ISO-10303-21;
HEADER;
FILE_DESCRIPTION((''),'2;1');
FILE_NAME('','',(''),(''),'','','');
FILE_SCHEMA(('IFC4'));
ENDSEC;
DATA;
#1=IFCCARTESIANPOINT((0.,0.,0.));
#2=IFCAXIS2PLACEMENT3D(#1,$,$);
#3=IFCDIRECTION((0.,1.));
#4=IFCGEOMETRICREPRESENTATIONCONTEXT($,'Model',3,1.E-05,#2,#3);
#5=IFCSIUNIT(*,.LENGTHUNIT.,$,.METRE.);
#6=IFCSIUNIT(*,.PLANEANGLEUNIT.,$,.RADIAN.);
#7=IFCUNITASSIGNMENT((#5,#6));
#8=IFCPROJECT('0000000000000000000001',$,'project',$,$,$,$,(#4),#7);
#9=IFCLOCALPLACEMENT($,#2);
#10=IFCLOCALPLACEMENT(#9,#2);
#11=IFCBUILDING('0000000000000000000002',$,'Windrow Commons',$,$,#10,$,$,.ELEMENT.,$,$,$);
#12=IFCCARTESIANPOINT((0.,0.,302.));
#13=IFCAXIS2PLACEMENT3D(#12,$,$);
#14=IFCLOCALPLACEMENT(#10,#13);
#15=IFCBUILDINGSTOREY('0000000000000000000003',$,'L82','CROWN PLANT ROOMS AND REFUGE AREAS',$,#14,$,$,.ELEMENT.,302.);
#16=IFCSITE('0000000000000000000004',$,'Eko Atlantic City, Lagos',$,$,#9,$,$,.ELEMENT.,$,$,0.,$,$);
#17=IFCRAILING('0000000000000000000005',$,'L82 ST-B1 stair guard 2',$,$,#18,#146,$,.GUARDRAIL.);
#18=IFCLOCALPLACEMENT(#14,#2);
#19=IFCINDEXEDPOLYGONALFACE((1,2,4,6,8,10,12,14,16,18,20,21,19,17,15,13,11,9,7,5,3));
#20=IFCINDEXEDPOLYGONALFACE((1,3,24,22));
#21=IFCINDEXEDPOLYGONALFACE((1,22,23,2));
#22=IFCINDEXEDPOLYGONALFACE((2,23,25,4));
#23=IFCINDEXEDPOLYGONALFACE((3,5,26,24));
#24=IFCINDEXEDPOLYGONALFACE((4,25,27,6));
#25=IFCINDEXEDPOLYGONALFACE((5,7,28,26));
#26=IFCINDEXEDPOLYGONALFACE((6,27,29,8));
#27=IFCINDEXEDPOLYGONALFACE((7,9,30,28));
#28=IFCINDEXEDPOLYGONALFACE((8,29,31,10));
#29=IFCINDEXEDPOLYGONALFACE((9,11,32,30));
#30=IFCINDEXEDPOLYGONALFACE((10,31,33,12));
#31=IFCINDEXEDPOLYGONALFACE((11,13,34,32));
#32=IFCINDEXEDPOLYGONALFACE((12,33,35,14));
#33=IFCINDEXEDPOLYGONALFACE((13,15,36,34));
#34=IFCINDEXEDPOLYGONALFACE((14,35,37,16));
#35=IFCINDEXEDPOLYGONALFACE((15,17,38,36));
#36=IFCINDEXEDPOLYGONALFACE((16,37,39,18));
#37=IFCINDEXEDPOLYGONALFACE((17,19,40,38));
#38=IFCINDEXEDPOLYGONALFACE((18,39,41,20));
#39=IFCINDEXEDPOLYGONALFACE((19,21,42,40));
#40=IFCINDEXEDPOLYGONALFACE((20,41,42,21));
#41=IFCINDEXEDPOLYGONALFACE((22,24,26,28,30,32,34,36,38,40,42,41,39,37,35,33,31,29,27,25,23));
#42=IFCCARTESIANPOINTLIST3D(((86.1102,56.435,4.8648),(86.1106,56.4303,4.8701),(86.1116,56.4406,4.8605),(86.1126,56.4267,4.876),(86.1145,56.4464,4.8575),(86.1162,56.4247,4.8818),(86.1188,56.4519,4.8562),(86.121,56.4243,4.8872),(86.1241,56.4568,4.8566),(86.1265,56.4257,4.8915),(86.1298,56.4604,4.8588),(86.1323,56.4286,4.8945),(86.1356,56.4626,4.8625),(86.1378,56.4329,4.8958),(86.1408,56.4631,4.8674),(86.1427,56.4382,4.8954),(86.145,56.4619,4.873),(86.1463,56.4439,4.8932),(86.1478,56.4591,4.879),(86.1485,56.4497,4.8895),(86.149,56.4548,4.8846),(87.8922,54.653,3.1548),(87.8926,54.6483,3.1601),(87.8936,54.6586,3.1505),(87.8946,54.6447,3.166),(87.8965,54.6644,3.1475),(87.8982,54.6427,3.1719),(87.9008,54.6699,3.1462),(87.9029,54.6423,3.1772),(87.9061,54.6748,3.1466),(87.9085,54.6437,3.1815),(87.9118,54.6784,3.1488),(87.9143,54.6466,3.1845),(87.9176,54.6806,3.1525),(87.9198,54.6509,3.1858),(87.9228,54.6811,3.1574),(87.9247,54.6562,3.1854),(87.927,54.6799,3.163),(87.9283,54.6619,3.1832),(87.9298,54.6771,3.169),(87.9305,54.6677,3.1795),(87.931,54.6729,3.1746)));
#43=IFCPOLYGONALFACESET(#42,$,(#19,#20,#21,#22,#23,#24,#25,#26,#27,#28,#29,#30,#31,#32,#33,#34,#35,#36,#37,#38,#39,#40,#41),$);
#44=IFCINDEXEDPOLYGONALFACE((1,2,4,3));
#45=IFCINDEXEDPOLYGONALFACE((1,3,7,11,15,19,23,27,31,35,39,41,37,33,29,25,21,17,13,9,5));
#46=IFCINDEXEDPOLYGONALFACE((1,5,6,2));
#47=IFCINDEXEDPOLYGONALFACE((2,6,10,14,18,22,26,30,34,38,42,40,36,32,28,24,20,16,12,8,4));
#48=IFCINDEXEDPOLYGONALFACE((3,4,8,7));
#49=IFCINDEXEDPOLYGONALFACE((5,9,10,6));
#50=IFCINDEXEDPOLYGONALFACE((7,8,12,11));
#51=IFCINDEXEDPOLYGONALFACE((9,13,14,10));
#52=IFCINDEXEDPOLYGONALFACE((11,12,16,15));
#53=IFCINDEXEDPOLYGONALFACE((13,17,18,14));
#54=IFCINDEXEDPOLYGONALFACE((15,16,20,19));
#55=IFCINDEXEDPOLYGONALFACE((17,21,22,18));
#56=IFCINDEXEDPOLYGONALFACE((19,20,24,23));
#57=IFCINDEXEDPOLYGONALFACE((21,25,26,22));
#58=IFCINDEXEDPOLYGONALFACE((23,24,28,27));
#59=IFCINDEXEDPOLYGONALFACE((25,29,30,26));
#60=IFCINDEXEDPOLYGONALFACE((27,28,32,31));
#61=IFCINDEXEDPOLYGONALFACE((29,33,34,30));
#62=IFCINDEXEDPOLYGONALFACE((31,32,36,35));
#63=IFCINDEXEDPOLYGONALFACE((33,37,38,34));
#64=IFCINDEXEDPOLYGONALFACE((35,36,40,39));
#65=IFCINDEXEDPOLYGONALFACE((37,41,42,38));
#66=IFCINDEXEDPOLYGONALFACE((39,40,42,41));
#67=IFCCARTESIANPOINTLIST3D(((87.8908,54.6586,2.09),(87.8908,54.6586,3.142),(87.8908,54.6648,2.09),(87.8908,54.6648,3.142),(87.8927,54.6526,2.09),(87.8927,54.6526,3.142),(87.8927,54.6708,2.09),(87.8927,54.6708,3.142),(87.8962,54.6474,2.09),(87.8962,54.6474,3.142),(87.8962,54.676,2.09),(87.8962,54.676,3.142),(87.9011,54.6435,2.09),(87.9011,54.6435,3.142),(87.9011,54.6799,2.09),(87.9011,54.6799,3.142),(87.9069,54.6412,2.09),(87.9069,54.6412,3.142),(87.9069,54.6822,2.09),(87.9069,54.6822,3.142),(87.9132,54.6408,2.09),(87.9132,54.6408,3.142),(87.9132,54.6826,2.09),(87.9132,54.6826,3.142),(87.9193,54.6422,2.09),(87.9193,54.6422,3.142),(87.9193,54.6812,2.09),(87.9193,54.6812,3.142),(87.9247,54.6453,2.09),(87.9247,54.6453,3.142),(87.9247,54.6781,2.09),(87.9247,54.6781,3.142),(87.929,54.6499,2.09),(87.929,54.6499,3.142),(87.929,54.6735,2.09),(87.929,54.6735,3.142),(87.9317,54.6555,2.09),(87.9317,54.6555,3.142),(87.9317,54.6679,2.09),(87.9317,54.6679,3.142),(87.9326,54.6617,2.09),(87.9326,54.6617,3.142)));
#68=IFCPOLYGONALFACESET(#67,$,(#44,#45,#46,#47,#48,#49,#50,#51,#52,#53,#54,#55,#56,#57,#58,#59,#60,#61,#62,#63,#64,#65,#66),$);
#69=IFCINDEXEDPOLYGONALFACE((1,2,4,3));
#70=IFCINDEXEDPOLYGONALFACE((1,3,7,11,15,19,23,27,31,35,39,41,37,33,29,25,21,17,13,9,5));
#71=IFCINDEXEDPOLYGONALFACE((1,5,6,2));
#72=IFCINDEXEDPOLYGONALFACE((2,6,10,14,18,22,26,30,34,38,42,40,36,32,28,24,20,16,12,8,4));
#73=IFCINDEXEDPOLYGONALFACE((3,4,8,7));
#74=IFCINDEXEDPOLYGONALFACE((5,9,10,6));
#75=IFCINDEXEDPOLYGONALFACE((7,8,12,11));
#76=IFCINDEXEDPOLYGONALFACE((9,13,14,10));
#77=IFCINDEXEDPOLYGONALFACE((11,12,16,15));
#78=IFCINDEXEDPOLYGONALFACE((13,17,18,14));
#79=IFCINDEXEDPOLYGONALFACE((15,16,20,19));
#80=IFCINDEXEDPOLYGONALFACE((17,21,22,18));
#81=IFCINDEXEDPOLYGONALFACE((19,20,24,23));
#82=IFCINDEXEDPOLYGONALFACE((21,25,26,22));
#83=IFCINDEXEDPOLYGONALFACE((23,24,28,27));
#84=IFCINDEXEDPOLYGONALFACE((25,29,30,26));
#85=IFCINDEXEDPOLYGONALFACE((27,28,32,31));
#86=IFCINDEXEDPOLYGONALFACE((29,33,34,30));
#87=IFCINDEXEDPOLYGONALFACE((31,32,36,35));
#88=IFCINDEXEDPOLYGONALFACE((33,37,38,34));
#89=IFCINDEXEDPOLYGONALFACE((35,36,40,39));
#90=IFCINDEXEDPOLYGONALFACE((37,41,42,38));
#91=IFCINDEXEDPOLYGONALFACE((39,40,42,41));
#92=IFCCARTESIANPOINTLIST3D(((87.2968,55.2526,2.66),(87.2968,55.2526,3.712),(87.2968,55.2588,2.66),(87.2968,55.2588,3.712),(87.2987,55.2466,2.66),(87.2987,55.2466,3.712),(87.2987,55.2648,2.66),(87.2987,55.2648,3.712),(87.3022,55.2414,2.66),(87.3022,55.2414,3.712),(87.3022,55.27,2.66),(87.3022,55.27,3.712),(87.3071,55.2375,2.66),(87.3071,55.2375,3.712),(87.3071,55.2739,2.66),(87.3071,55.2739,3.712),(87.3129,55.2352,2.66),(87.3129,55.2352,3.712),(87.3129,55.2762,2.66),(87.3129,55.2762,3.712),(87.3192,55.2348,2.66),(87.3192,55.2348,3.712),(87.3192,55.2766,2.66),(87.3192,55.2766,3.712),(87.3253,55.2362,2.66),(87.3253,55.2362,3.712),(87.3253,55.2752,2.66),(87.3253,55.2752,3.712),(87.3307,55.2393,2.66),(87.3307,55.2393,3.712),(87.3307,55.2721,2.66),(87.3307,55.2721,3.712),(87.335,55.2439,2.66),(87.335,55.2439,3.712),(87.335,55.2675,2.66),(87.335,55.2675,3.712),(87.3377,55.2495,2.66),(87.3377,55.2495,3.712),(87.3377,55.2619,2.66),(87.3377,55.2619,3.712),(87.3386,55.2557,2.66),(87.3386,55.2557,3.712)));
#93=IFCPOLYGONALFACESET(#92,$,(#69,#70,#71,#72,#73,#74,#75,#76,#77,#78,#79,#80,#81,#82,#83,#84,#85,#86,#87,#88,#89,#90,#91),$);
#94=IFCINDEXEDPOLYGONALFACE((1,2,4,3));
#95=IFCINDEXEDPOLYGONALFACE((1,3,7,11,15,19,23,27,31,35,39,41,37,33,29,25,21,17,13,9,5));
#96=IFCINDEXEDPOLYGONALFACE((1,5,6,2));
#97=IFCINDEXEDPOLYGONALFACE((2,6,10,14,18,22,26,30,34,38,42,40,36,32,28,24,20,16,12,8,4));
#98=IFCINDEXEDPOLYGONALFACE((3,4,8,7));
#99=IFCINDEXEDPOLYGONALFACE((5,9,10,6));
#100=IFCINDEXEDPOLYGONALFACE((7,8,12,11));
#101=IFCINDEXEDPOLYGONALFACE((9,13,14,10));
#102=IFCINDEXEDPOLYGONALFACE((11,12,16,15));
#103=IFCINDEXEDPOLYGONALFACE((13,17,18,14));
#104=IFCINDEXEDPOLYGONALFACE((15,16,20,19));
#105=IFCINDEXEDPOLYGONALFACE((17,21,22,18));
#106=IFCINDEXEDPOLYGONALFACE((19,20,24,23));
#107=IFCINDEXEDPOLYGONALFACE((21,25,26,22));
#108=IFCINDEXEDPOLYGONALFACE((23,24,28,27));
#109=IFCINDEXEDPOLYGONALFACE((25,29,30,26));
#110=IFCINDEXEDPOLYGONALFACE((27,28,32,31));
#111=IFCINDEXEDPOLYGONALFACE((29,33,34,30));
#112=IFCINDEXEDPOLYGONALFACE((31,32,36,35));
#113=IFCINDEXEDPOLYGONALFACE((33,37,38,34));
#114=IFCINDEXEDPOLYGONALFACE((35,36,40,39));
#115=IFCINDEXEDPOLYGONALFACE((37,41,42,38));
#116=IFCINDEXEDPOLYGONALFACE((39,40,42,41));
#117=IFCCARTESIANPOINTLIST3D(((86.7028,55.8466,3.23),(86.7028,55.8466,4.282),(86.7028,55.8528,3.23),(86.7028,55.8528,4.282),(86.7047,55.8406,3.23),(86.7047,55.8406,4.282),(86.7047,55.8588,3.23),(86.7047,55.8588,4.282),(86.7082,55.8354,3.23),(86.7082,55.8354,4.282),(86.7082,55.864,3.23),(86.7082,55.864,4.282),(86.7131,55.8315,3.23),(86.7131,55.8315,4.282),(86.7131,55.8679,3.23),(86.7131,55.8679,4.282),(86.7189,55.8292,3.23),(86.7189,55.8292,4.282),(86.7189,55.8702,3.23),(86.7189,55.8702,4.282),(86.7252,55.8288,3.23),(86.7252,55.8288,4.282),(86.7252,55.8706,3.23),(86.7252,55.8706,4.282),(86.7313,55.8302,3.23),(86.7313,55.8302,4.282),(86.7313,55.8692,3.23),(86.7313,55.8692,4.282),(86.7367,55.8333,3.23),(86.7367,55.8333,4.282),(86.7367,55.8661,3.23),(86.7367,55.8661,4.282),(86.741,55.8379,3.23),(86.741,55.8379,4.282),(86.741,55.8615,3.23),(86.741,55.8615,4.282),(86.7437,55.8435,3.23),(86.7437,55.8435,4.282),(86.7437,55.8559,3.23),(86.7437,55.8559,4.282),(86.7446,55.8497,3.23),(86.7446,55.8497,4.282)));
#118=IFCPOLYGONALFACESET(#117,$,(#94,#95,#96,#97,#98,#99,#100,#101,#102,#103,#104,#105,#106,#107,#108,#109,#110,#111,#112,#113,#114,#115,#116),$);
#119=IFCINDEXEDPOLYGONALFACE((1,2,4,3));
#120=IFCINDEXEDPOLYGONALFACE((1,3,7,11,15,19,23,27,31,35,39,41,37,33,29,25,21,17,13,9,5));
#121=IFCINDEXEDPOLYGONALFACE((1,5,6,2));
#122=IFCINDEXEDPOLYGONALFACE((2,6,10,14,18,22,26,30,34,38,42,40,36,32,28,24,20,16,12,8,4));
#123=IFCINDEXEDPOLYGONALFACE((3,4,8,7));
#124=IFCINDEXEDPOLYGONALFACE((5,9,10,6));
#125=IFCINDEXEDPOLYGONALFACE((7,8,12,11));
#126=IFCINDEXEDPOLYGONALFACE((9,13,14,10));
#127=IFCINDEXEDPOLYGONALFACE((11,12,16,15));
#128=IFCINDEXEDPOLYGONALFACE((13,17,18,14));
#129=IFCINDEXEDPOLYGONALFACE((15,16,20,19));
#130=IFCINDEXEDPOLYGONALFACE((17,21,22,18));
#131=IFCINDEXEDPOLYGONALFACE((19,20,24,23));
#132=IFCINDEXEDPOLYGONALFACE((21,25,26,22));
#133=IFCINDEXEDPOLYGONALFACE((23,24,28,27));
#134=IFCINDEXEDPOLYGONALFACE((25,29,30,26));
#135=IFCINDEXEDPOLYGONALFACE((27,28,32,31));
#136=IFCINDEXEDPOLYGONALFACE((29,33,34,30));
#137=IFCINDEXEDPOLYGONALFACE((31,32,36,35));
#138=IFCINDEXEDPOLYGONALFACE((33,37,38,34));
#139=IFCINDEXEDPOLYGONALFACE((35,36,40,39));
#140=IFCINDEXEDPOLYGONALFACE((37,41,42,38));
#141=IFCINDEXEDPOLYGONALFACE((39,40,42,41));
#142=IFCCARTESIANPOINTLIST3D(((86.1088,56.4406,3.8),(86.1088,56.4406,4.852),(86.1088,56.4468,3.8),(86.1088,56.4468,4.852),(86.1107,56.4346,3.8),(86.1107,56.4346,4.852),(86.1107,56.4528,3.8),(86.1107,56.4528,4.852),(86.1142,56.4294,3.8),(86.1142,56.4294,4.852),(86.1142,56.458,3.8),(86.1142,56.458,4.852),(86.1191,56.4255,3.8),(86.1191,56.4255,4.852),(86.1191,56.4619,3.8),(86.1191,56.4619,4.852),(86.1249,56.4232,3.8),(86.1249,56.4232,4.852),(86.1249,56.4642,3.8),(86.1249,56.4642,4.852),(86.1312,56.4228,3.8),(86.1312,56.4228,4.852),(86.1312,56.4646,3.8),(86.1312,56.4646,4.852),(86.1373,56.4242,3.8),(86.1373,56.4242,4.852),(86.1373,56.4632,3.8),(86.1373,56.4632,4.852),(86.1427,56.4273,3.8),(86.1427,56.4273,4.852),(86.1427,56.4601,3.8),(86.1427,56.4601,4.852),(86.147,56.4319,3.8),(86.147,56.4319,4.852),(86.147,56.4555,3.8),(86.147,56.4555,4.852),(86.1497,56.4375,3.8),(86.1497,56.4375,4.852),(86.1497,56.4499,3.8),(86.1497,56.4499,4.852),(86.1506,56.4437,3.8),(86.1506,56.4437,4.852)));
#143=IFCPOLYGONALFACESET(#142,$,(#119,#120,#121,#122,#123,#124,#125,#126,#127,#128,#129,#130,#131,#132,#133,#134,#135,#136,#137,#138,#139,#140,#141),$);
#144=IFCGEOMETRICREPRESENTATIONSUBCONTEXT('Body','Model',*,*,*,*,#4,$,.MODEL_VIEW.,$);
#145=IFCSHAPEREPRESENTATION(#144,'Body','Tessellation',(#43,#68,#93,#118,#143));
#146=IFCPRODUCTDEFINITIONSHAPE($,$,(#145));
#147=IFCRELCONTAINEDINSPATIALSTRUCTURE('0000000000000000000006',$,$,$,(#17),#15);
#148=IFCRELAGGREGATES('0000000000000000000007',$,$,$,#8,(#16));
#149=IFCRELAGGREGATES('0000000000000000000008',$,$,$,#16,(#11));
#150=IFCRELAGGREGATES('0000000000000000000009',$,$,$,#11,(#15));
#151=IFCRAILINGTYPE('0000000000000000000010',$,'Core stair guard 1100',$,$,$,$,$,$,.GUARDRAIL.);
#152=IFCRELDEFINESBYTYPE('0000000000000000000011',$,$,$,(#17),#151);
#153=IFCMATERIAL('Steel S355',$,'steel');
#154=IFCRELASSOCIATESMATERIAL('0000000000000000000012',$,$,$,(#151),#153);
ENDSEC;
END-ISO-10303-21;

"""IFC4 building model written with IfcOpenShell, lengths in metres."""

from ifc_helpers import new_model, si_unit, direction, frame, origin, origin_2d, place, context, subcontext, project, spatial, circle, extrude, material, type_object, element, save


model = new_model("IFC4")

# Units and contexts
model_context = context("Model", 3, precision=1e-05, world=origin(), true_north=direction((0.0, 1.0)))
body_context = subcontext(model_context, "Body", "Model", "MODEL_VIEW")
ifc_project = project(units=[si_unit("LENGTHUNIT", "METRE"), si_unit("PLANEANGLEUNIT", "RADIAN")], contexts=[model_context])

# Site, building, storey
site_placement = place(None, origin())
site = spatial("IfcSite", under=ifc_project, at=site_placement, Name="Eko Atlantic City, Lagos", CompositionType="ELEMENT", RefElevation=0.0)
building_placement = place(site_placement, origin())
building = spatial("IfcBuilding", under=site, at=building_placement, Name="Windrow Commons", CompositionType="ELEMENT")
storey_placement = place(building_placement, frame((0.0, 0.0, 302.0)))
storey = spatial("IfcBuildingStorey", under=building, at=storey_placement, Name="L82", Description="CROWN PLANT ROOMS AND REFUGE AREAS", CompositionType="ELEMENT", Elevation=302.0)

# Railing
ifc_material_1 = material(Name="Steel S355", Category="steel")
railing_type_1 = type_object("IfcRailingType", Name="Core stair guard 1100", PredefinedType="GUARDRAIL", material=ifc_material_1)
railing_1_placement = place(storey_placement, frame((87.9116, 54.6617, 2.09)))
element("IfcRailing", 1, at=railing_1_placement, inside=storey, type_object=railing_type_1, Name="L82 ST-B1 stair guard 2", PredefinedType="GUARDRAIL", context=body_context, shape_type="SweptSolid", body=[
    extrude(circle(Radius=0.024, at=origin_2d()), frame((0.0, 0.0, 1.076), z_axis=(-0.585123, 0.585123, 0.561482), x_axis=(-0.707107, -0.707107, 0.0)), (0.0, 0.0, 1.0), 3.0455),
    extrude(circle(Radius=0.021, at=origin_2d()), origin(), (0.0, 0.0, 1.0), 1.052),
    extrude(circle(Radius=0.021, at=origin_2d()), frame((-0.594, 0.594, 0.57)), (0.0, 0.0, 1.0), 1.052),
    extrude(circle(Radius=0.021, at=origin_2d()), frame((-1.188, 1.188, 1.14)), (0.0, 0.0, 1.0), 1.052),
    extrude(circle(Radius=0.021, at=origin_2d()), frame((-1.782, 1.782, 1.71)), (0.0, 0.0, 1.0), 1.052),
])

save(model, "model.ifc")
